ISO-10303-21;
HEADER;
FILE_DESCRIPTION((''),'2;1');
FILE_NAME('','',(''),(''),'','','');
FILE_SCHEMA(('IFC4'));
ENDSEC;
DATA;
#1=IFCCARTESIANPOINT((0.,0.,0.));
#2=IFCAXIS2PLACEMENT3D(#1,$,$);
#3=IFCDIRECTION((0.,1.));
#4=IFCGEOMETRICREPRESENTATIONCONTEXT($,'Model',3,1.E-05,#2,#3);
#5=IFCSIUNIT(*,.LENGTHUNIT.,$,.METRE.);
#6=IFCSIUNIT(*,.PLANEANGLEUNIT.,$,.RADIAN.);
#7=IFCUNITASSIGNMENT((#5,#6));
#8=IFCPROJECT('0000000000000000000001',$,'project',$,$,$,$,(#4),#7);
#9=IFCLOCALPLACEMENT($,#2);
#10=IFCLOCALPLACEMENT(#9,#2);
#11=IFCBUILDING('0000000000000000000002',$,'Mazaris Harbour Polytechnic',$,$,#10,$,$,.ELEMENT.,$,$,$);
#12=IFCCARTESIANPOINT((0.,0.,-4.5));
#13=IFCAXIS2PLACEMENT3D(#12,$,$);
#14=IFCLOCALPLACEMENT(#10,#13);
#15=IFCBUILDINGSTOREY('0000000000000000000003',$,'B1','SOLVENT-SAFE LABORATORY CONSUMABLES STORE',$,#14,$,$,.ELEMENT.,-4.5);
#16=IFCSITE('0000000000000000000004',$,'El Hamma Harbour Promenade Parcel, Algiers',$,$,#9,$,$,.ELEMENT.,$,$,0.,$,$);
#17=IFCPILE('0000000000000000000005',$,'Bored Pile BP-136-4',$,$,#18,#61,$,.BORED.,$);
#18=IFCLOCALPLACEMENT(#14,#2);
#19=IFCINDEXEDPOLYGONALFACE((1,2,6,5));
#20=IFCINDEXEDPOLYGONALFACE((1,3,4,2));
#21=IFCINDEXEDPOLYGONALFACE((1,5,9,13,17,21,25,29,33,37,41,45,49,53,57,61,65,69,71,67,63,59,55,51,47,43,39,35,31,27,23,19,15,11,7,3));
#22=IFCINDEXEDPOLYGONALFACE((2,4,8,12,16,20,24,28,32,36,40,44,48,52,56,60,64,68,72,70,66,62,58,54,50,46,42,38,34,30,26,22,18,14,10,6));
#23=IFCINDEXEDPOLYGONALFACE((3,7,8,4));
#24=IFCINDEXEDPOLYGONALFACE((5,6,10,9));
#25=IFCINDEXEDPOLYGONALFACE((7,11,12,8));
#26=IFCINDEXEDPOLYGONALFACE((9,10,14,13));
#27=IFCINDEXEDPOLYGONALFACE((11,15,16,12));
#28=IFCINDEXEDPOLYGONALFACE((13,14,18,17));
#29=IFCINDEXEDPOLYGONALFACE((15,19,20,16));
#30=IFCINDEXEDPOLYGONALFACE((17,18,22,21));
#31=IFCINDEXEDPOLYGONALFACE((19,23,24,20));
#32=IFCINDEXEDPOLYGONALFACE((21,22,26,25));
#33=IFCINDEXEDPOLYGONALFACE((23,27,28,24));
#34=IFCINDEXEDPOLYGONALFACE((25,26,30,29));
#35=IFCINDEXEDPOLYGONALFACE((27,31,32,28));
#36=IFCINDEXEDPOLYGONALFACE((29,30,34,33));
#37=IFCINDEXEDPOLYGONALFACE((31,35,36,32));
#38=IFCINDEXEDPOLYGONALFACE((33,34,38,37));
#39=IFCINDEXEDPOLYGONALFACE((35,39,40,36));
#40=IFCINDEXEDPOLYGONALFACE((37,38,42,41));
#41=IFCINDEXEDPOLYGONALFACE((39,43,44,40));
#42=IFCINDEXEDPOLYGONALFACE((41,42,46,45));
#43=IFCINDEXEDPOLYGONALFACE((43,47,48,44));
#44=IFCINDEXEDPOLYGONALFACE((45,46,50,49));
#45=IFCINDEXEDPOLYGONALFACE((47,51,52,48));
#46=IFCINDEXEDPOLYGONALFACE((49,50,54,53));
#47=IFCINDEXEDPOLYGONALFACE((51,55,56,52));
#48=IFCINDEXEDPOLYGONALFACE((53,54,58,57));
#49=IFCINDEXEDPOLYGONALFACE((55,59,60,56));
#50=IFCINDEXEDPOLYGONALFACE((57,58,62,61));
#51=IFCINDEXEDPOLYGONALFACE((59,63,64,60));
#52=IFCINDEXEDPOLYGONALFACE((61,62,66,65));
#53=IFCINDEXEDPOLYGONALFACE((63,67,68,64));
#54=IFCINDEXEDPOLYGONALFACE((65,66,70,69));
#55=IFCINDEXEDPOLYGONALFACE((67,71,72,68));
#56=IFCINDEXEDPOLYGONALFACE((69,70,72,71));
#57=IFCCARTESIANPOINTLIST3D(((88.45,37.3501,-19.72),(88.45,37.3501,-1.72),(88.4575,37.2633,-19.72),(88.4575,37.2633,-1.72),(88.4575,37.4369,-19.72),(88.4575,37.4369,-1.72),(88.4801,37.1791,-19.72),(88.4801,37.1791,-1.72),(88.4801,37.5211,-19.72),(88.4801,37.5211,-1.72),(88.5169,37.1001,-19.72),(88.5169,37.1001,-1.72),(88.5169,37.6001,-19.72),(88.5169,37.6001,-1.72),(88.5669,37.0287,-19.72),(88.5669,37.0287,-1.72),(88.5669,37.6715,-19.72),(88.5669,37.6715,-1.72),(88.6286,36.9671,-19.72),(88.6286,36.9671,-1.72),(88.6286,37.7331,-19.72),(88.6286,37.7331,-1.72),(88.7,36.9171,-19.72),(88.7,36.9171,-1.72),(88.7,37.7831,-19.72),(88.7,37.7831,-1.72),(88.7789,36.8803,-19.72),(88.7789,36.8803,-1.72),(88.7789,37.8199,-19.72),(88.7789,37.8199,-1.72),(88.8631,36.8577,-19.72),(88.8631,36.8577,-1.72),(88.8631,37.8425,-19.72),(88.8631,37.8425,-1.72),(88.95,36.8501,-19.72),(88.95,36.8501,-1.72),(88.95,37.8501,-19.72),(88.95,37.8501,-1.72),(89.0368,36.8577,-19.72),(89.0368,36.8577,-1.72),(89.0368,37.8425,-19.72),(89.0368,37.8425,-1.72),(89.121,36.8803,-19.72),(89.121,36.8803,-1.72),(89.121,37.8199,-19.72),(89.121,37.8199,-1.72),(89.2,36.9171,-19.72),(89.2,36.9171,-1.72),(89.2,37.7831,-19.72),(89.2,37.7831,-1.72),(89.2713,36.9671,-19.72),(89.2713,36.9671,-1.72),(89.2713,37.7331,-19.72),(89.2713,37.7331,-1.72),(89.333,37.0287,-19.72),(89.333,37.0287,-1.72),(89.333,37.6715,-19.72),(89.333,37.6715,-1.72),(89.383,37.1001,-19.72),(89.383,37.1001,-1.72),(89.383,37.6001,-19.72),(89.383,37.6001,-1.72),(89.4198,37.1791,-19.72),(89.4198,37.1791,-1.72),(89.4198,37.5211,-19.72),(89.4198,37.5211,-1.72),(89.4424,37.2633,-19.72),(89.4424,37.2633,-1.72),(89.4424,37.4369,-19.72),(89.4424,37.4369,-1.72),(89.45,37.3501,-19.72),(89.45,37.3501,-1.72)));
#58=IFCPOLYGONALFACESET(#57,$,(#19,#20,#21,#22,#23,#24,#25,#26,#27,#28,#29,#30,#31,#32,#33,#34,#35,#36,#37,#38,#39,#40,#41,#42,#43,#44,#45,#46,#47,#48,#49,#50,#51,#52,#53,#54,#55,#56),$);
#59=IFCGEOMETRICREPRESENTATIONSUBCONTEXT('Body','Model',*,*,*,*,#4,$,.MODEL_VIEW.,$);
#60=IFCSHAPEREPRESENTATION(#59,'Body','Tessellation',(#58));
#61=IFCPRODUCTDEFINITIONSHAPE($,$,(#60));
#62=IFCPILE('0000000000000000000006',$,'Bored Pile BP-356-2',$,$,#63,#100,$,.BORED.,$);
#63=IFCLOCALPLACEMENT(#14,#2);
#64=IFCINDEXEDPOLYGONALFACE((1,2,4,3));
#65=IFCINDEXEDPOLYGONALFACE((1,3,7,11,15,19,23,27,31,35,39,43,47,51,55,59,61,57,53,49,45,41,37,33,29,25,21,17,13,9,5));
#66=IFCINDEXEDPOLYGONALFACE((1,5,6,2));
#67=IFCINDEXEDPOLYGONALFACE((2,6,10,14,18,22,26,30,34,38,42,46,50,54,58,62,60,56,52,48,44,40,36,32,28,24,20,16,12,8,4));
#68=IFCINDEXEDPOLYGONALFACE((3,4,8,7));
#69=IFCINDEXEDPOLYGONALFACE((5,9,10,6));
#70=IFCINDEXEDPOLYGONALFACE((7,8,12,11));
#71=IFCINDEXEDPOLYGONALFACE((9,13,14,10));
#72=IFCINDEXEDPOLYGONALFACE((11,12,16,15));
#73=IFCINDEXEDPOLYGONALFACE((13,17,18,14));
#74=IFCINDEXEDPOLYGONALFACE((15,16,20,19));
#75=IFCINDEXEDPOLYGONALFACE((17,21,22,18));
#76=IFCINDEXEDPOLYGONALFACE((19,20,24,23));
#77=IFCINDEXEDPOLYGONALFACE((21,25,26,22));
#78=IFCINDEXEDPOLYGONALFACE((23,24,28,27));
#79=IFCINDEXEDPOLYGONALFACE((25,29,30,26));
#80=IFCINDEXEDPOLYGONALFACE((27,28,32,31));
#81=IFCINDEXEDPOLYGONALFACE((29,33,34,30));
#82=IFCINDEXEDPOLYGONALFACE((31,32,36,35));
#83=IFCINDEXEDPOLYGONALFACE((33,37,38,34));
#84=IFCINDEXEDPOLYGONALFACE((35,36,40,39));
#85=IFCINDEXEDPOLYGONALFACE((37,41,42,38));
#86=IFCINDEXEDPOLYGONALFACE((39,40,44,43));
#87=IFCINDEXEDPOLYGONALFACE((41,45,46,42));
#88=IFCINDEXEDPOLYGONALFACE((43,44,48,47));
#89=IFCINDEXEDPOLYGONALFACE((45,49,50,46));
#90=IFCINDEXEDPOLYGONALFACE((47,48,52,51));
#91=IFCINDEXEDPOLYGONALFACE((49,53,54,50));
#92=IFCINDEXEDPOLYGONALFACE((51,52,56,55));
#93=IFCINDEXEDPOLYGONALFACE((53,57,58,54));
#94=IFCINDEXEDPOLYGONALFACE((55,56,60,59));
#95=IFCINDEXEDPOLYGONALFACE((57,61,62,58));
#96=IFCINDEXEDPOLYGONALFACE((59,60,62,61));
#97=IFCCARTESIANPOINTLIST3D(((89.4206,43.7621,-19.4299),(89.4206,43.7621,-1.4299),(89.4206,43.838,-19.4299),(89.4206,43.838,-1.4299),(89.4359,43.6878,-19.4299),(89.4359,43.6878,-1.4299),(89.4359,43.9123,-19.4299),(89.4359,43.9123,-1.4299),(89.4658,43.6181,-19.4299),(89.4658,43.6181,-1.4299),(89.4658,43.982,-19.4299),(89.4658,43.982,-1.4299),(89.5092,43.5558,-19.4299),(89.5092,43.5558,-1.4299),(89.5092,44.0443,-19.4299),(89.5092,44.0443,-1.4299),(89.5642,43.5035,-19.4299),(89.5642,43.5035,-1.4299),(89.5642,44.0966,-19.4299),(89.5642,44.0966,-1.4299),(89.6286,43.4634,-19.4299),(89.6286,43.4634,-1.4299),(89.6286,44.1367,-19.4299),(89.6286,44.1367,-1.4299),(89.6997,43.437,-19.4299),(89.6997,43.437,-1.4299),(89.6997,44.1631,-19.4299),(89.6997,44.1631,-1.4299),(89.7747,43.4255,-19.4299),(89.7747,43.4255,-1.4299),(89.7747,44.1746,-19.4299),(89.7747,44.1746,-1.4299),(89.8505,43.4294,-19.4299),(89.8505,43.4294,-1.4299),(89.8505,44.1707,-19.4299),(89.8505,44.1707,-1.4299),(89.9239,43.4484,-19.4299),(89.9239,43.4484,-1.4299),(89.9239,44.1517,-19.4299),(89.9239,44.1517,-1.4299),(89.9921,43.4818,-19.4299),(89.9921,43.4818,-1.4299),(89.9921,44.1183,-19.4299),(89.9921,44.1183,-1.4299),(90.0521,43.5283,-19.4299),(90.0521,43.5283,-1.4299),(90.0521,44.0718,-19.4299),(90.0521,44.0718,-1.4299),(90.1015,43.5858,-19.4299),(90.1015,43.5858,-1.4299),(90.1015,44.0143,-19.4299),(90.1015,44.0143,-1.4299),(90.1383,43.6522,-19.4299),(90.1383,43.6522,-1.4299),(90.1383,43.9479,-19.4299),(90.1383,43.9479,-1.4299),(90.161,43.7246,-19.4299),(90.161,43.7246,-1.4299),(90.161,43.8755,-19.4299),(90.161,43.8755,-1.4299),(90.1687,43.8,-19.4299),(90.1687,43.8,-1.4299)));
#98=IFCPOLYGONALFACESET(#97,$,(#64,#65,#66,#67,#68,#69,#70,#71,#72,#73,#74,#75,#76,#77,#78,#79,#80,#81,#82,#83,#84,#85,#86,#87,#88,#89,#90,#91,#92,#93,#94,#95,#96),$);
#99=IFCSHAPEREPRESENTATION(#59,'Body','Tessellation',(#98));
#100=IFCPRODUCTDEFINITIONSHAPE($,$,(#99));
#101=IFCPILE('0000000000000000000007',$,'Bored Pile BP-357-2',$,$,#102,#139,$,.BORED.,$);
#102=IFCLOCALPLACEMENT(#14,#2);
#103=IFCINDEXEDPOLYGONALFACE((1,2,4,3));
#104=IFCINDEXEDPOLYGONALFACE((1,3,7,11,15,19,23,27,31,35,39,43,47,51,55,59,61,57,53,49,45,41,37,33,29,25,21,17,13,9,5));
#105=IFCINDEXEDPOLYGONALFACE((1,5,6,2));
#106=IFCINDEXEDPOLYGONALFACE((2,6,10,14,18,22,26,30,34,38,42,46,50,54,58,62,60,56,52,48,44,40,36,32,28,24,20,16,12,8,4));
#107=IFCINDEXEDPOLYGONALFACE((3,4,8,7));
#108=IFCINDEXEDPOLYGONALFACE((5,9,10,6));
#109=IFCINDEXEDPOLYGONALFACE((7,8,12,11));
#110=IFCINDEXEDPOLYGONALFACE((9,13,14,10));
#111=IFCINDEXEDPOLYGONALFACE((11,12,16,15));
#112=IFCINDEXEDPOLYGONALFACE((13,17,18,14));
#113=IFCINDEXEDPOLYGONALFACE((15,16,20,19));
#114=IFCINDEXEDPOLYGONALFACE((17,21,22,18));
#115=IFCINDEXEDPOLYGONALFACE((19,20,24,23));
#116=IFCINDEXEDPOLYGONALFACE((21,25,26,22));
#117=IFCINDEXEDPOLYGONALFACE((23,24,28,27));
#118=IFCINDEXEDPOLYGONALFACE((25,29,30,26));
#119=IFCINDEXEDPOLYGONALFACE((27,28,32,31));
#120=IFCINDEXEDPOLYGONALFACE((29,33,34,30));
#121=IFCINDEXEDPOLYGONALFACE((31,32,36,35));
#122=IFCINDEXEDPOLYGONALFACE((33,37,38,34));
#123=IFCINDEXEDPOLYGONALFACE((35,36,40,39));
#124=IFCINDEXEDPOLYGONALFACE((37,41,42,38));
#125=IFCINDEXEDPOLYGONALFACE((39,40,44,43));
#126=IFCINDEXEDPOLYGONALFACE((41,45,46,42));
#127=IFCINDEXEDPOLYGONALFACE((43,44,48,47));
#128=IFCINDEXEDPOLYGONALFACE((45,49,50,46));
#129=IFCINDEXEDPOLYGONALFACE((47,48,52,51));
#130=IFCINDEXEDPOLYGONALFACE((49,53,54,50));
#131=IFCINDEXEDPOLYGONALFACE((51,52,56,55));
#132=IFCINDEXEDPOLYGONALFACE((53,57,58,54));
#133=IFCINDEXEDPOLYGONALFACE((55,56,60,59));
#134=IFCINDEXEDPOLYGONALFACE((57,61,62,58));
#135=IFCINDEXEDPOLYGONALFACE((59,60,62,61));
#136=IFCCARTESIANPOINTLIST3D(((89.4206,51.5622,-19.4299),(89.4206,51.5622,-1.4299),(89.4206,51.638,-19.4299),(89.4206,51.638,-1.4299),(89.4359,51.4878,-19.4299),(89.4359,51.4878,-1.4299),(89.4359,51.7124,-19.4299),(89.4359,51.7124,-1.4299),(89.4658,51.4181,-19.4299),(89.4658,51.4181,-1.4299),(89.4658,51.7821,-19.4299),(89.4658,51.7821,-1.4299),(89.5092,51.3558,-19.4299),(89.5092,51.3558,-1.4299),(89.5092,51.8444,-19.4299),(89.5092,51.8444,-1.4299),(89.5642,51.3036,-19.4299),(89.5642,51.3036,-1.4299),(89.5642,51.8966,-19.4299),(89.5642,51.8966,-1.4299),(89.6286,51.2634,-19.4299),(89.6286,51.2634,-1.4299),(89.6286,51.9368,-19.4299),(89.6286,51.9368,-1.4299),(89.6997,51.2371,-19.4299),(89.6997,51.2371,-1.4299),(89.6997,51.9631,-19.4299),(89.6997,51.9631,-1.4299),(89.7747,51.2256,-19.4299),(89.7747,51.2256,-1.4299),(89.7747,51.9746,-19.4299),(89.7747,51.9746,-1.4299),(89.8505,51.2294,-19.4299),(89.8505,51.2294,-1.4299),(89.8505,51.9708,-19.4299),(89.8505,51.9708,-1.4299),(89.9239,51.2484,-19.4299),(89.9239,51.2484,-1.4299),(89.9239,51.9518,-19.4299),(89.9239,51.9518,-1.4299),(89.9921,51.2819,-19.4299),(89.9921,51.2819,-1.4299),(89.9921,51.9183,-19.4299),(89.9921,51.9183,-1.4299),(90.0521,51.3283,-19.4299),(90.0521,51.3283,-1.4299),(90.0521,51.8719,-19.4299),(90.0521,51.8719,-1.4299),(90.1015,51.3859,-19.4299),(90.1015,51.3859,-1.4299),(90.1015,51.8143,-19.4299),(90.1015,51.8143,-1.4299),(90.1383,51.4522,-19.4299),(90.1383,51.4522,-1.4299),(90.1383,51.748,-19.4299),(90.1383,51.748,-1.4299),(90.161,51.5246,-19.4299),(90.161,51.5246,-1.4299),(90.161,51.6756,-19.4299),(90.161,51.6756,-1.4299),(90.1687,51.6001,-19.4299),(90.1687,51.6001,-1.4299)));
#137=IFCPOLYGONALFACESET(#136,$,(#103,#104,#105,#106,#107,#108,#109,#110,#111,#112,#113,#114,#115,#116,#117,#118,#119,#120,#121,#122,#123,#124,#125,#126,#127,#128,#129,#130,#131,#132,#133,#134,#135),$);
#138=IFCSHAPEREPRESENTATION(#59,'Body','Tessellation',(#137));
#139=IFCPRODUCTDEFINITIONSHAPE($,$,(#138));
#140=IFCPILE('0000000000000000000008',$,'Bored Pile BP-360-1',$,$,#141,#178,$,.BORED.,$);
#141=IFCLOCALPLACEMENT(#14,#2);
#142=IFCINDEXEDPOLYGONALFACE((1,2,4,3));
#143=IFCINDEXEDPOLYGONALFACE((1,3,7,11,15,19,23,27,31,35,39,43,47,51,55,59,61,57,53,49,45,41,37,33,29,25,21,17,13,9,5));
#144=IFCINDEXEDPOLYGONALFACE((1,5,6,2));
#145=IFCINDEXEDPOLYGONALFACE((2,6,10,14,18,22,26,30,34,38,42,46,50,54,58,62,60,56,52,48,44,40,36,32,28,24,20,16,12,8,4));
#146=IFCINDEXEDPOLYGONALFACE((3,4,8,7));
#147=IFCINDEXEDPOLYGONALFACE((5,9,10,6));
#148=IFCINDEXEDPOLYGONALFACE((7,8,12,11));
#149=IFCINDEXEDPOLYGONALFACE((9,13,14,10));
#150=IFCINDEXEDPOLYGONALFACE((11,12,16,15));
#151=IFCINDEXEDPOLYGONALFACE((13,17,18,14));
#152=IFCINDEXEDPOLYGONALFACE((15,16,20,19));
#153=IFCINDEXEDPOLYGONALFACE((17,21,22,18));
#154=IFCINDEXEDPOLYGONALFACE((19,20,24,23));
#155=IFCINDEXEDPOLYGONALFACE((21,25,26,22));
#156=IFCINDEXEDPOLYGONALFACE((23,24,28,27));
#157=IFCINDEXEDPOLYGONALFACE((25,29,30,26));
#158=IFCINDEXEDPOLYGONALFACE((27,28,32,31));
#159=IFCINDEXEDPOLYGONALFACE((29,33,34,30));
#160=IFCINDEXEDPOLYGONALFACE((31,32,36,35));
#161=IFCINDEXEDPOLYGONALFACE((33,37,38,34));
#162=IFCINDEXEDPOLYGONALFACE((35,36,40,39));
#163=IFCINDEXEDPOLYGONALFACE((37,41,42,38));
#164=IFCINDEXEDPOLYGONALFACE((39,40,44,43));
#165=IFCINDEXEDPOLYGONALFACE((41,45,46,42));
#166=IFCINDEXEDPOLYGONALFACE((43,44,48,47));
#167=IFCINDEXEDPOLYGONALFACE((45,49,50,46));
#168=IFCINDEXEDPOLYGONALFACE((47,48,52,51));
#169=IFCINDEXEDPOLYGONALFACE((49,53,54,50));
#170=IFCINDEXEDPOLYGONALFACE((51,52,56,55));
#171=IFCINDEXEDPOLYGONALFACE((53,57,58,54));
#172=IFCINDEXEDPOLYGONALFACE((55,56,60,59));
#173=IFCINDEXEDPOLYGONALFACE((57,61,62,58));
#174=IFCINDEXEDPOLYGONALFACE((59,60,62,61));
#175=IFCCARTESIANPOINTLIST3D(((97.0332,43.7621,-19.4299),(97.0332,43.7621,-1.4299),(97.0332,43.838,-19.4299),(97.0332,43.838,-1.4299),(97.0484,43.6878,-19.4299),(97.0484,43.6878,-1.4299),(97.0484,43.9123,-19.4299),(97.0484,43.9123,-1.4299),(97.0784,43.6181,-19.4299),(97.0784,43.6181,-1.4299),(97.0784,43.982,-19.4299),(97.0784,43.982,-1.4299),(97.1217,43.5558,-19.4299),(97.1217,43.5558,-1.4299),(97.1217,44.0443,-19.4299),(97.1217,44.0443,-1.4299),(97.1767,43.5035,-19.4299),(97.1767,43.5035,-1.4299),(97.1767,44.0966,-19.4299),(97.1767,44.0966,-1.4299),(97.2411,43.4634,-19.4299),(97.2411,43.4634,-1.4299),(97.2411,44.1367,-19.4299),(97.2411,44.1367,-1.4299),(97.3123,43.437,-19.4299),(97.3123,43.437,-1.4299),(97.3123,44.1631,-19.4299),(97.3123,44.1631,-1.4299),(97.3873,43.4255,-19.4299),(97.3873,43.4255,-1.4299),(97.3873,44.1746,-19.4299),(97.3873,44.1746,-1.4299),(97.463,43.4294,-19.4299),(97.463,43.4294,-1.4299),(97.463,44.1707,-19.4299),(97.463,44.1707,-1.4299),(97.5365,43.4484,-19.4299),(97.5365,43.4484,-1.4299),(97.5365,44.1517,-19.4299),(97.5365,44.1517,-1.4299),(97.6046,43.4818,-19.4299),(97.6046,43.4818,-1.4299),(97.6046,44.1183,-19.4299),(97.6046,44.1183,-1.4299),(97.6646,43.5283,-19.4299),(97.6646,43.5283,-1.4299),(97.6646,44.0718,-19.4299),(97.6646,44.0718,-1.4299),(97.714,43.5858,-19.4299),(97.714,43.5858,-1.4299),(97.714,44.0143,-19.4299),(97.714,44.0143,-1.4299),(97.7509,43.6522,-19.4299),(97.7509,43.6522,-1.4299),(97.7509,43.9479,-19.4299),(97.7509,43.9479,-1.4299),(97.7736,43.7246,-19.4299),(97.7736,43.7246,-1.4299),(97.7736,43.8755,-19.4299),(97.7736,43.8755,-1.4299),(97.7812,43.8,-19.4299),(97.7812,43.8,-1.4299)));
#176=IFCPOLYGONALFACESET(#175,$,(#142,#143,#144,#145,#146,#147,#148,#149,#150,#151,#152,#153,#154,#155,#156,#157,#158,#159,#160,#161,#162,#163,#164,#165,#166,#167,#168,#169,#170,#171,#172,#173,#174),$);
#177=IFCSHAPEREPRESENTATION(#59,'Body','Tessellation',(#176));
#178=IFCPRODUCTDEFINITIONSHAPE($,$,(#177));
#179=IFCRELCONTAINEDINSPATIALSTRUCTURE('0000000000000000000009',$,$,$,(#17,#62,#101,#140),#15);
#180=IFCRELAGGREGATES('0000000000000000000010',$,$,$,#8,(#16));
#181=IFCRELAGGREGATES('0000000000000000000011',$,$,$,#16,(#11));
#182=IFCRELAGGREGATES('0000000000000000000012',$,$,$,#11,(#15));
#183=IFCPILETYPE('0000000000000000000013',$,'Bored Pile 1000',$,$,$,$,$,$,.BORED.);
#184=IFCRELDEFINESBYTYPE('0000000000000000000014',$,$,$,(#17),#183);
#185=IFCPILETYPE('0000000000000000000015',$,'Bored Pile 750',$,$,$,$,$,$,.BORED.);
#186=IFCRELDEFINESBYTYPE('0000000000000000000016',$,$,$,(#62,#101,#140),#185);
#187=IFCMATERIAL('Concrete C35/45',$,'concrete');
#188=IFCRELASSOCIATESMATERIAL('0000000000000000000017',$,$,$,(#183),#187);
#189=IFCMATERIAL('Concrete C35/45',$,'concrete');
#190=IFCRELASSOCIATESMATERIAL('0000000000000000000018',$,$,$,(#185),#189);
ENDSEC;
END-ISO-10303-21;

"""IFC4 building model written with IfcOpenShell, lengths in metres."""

from ifc_helpers import new_model, si_unit, direction, frame, origin, origin_2d, place, context, subcontext, project, spatial, circle, extrude, material, material_profile, profile_set, type_object, element, save


model = new_model("IFC4")

# Units and contexts
model_context = context("Model", 3, precision=1e-05, world=origin(), true_north=direction((0.0, 1.0)))
body_context = subcontext(model_context, "Body", "Model", "MODEL_VIEW")
ifc_project = project(units=[si_unit("LENGTHUNIT", "METRE"), si_unit("PLANEANGLEUNIT", "RADIAN")], contexts=[model_context])

# Site, building, storey
site_placement = place(None, origin())
site = spatial("IfcSite", under=ifc_project, at=site_placement, Name="El Hamma Harbour Promenade Parcel, Algiers", CompositionType="ELEMENT", RefElevation=0.0)
building_placement = place(site_placement, origin())
building = spatial("IfcBuilding", under=site, at=building_placement, Name="Mazaris Harbour Polytechnic", CompositionType="ELEMENT")
storey_placement = place(building_placement, frame((0.0, 0.0, -4.5)))
storey = spatial("IfcBuildingStorey", under=building, at=storey_placement, Name="B1", Description="SOLVENT-SAFE LABORATORY CONSUMABLES STORE", CompositionType="ELEMENT", Elevation=-4.5)

# Piles
ifc_material_1 = material(Name="Concrete C35/45", Category="concrete")
ifc_material_profile_1 = material_profile(ifc_material_1, circle(Radius=0.5, at=origin_2d()), Name="DIA1000")
ifc_profile_set_1 = profile_set([ifc_material_profile_1], Name="Concrete C35/45")
pile_type_1 = type_object("IfcPileType", Name="Bored Pile 1000", PredefinedType="BORED", material=ifc_profile_set_1)
pile_placement = place(storey_placement, frame((88.95, 37.3501, -1.72), z_axis=(0.0, 0.0, -1.0), x_axis=(1.0, 0.0, 0.0)))
element("IfcPile", 1, at=pile_placement, inside=storey, type_object=pile_type_1, Name="Bored Pile BP-136-4", PredefinedType="BORED", context=body_context, shape_type="SweptSolid", body=[
    extrude(circle(Radius=0.5, at=origin_2d()), origin(), (0.0, 0.0, 1.0), 18.0),
])
ifc_material_2 = material(Name="Concrete C35/45", Category="concrete")
ifc_material_profile_2 = material_profile(ifc_material_2, circle(Radius=0.375, at=origin_2d()), Name="DIA750")
ifc_profile_set_2 = profile_set([ifc_material_profile_2], Name="Concrete C35/45")
pile_type_2 = type_object("IfcPileType", Name="Bored Pile 750", PredefinedType="BORED", material=ifc_profile_set_2)
for number, where, z_axis, x_axis, name in (
    (2, (89.7937, 43.8, -1.4299), (0.0, 0.0, -1.0), (1.0, 0.0, 0.0), "Bored Pile BP-356-2"),
    (3, (89.7937, 51.6001, -1.4299), (0.0, 0.0, -1.0), (1.0, 0.0, 0.0), "Bored Pile BP-357-2"),
    (4, (97.4062, 43.8, -1.4299), (0.0, 0.0, -1.0), (1.0, 0.0, 0.0), "Bored Pile BP-360-1"),
):
    element("IfcPile", number, at=place(storey_placement, frame(where, z_axis=z_axis, x_axis=x_axis)), inside=storey, type_object=pile_type_2, Name=name, PredefinedType="BORED", context=body_context, shape_type="SweptSolid", body=[
        extrude(circle(Radius=0.375, at=origin_2d()), origin(), (0.0, 0.0, 1.0), 18.0),
    ])

save(model, "model.ifc")
